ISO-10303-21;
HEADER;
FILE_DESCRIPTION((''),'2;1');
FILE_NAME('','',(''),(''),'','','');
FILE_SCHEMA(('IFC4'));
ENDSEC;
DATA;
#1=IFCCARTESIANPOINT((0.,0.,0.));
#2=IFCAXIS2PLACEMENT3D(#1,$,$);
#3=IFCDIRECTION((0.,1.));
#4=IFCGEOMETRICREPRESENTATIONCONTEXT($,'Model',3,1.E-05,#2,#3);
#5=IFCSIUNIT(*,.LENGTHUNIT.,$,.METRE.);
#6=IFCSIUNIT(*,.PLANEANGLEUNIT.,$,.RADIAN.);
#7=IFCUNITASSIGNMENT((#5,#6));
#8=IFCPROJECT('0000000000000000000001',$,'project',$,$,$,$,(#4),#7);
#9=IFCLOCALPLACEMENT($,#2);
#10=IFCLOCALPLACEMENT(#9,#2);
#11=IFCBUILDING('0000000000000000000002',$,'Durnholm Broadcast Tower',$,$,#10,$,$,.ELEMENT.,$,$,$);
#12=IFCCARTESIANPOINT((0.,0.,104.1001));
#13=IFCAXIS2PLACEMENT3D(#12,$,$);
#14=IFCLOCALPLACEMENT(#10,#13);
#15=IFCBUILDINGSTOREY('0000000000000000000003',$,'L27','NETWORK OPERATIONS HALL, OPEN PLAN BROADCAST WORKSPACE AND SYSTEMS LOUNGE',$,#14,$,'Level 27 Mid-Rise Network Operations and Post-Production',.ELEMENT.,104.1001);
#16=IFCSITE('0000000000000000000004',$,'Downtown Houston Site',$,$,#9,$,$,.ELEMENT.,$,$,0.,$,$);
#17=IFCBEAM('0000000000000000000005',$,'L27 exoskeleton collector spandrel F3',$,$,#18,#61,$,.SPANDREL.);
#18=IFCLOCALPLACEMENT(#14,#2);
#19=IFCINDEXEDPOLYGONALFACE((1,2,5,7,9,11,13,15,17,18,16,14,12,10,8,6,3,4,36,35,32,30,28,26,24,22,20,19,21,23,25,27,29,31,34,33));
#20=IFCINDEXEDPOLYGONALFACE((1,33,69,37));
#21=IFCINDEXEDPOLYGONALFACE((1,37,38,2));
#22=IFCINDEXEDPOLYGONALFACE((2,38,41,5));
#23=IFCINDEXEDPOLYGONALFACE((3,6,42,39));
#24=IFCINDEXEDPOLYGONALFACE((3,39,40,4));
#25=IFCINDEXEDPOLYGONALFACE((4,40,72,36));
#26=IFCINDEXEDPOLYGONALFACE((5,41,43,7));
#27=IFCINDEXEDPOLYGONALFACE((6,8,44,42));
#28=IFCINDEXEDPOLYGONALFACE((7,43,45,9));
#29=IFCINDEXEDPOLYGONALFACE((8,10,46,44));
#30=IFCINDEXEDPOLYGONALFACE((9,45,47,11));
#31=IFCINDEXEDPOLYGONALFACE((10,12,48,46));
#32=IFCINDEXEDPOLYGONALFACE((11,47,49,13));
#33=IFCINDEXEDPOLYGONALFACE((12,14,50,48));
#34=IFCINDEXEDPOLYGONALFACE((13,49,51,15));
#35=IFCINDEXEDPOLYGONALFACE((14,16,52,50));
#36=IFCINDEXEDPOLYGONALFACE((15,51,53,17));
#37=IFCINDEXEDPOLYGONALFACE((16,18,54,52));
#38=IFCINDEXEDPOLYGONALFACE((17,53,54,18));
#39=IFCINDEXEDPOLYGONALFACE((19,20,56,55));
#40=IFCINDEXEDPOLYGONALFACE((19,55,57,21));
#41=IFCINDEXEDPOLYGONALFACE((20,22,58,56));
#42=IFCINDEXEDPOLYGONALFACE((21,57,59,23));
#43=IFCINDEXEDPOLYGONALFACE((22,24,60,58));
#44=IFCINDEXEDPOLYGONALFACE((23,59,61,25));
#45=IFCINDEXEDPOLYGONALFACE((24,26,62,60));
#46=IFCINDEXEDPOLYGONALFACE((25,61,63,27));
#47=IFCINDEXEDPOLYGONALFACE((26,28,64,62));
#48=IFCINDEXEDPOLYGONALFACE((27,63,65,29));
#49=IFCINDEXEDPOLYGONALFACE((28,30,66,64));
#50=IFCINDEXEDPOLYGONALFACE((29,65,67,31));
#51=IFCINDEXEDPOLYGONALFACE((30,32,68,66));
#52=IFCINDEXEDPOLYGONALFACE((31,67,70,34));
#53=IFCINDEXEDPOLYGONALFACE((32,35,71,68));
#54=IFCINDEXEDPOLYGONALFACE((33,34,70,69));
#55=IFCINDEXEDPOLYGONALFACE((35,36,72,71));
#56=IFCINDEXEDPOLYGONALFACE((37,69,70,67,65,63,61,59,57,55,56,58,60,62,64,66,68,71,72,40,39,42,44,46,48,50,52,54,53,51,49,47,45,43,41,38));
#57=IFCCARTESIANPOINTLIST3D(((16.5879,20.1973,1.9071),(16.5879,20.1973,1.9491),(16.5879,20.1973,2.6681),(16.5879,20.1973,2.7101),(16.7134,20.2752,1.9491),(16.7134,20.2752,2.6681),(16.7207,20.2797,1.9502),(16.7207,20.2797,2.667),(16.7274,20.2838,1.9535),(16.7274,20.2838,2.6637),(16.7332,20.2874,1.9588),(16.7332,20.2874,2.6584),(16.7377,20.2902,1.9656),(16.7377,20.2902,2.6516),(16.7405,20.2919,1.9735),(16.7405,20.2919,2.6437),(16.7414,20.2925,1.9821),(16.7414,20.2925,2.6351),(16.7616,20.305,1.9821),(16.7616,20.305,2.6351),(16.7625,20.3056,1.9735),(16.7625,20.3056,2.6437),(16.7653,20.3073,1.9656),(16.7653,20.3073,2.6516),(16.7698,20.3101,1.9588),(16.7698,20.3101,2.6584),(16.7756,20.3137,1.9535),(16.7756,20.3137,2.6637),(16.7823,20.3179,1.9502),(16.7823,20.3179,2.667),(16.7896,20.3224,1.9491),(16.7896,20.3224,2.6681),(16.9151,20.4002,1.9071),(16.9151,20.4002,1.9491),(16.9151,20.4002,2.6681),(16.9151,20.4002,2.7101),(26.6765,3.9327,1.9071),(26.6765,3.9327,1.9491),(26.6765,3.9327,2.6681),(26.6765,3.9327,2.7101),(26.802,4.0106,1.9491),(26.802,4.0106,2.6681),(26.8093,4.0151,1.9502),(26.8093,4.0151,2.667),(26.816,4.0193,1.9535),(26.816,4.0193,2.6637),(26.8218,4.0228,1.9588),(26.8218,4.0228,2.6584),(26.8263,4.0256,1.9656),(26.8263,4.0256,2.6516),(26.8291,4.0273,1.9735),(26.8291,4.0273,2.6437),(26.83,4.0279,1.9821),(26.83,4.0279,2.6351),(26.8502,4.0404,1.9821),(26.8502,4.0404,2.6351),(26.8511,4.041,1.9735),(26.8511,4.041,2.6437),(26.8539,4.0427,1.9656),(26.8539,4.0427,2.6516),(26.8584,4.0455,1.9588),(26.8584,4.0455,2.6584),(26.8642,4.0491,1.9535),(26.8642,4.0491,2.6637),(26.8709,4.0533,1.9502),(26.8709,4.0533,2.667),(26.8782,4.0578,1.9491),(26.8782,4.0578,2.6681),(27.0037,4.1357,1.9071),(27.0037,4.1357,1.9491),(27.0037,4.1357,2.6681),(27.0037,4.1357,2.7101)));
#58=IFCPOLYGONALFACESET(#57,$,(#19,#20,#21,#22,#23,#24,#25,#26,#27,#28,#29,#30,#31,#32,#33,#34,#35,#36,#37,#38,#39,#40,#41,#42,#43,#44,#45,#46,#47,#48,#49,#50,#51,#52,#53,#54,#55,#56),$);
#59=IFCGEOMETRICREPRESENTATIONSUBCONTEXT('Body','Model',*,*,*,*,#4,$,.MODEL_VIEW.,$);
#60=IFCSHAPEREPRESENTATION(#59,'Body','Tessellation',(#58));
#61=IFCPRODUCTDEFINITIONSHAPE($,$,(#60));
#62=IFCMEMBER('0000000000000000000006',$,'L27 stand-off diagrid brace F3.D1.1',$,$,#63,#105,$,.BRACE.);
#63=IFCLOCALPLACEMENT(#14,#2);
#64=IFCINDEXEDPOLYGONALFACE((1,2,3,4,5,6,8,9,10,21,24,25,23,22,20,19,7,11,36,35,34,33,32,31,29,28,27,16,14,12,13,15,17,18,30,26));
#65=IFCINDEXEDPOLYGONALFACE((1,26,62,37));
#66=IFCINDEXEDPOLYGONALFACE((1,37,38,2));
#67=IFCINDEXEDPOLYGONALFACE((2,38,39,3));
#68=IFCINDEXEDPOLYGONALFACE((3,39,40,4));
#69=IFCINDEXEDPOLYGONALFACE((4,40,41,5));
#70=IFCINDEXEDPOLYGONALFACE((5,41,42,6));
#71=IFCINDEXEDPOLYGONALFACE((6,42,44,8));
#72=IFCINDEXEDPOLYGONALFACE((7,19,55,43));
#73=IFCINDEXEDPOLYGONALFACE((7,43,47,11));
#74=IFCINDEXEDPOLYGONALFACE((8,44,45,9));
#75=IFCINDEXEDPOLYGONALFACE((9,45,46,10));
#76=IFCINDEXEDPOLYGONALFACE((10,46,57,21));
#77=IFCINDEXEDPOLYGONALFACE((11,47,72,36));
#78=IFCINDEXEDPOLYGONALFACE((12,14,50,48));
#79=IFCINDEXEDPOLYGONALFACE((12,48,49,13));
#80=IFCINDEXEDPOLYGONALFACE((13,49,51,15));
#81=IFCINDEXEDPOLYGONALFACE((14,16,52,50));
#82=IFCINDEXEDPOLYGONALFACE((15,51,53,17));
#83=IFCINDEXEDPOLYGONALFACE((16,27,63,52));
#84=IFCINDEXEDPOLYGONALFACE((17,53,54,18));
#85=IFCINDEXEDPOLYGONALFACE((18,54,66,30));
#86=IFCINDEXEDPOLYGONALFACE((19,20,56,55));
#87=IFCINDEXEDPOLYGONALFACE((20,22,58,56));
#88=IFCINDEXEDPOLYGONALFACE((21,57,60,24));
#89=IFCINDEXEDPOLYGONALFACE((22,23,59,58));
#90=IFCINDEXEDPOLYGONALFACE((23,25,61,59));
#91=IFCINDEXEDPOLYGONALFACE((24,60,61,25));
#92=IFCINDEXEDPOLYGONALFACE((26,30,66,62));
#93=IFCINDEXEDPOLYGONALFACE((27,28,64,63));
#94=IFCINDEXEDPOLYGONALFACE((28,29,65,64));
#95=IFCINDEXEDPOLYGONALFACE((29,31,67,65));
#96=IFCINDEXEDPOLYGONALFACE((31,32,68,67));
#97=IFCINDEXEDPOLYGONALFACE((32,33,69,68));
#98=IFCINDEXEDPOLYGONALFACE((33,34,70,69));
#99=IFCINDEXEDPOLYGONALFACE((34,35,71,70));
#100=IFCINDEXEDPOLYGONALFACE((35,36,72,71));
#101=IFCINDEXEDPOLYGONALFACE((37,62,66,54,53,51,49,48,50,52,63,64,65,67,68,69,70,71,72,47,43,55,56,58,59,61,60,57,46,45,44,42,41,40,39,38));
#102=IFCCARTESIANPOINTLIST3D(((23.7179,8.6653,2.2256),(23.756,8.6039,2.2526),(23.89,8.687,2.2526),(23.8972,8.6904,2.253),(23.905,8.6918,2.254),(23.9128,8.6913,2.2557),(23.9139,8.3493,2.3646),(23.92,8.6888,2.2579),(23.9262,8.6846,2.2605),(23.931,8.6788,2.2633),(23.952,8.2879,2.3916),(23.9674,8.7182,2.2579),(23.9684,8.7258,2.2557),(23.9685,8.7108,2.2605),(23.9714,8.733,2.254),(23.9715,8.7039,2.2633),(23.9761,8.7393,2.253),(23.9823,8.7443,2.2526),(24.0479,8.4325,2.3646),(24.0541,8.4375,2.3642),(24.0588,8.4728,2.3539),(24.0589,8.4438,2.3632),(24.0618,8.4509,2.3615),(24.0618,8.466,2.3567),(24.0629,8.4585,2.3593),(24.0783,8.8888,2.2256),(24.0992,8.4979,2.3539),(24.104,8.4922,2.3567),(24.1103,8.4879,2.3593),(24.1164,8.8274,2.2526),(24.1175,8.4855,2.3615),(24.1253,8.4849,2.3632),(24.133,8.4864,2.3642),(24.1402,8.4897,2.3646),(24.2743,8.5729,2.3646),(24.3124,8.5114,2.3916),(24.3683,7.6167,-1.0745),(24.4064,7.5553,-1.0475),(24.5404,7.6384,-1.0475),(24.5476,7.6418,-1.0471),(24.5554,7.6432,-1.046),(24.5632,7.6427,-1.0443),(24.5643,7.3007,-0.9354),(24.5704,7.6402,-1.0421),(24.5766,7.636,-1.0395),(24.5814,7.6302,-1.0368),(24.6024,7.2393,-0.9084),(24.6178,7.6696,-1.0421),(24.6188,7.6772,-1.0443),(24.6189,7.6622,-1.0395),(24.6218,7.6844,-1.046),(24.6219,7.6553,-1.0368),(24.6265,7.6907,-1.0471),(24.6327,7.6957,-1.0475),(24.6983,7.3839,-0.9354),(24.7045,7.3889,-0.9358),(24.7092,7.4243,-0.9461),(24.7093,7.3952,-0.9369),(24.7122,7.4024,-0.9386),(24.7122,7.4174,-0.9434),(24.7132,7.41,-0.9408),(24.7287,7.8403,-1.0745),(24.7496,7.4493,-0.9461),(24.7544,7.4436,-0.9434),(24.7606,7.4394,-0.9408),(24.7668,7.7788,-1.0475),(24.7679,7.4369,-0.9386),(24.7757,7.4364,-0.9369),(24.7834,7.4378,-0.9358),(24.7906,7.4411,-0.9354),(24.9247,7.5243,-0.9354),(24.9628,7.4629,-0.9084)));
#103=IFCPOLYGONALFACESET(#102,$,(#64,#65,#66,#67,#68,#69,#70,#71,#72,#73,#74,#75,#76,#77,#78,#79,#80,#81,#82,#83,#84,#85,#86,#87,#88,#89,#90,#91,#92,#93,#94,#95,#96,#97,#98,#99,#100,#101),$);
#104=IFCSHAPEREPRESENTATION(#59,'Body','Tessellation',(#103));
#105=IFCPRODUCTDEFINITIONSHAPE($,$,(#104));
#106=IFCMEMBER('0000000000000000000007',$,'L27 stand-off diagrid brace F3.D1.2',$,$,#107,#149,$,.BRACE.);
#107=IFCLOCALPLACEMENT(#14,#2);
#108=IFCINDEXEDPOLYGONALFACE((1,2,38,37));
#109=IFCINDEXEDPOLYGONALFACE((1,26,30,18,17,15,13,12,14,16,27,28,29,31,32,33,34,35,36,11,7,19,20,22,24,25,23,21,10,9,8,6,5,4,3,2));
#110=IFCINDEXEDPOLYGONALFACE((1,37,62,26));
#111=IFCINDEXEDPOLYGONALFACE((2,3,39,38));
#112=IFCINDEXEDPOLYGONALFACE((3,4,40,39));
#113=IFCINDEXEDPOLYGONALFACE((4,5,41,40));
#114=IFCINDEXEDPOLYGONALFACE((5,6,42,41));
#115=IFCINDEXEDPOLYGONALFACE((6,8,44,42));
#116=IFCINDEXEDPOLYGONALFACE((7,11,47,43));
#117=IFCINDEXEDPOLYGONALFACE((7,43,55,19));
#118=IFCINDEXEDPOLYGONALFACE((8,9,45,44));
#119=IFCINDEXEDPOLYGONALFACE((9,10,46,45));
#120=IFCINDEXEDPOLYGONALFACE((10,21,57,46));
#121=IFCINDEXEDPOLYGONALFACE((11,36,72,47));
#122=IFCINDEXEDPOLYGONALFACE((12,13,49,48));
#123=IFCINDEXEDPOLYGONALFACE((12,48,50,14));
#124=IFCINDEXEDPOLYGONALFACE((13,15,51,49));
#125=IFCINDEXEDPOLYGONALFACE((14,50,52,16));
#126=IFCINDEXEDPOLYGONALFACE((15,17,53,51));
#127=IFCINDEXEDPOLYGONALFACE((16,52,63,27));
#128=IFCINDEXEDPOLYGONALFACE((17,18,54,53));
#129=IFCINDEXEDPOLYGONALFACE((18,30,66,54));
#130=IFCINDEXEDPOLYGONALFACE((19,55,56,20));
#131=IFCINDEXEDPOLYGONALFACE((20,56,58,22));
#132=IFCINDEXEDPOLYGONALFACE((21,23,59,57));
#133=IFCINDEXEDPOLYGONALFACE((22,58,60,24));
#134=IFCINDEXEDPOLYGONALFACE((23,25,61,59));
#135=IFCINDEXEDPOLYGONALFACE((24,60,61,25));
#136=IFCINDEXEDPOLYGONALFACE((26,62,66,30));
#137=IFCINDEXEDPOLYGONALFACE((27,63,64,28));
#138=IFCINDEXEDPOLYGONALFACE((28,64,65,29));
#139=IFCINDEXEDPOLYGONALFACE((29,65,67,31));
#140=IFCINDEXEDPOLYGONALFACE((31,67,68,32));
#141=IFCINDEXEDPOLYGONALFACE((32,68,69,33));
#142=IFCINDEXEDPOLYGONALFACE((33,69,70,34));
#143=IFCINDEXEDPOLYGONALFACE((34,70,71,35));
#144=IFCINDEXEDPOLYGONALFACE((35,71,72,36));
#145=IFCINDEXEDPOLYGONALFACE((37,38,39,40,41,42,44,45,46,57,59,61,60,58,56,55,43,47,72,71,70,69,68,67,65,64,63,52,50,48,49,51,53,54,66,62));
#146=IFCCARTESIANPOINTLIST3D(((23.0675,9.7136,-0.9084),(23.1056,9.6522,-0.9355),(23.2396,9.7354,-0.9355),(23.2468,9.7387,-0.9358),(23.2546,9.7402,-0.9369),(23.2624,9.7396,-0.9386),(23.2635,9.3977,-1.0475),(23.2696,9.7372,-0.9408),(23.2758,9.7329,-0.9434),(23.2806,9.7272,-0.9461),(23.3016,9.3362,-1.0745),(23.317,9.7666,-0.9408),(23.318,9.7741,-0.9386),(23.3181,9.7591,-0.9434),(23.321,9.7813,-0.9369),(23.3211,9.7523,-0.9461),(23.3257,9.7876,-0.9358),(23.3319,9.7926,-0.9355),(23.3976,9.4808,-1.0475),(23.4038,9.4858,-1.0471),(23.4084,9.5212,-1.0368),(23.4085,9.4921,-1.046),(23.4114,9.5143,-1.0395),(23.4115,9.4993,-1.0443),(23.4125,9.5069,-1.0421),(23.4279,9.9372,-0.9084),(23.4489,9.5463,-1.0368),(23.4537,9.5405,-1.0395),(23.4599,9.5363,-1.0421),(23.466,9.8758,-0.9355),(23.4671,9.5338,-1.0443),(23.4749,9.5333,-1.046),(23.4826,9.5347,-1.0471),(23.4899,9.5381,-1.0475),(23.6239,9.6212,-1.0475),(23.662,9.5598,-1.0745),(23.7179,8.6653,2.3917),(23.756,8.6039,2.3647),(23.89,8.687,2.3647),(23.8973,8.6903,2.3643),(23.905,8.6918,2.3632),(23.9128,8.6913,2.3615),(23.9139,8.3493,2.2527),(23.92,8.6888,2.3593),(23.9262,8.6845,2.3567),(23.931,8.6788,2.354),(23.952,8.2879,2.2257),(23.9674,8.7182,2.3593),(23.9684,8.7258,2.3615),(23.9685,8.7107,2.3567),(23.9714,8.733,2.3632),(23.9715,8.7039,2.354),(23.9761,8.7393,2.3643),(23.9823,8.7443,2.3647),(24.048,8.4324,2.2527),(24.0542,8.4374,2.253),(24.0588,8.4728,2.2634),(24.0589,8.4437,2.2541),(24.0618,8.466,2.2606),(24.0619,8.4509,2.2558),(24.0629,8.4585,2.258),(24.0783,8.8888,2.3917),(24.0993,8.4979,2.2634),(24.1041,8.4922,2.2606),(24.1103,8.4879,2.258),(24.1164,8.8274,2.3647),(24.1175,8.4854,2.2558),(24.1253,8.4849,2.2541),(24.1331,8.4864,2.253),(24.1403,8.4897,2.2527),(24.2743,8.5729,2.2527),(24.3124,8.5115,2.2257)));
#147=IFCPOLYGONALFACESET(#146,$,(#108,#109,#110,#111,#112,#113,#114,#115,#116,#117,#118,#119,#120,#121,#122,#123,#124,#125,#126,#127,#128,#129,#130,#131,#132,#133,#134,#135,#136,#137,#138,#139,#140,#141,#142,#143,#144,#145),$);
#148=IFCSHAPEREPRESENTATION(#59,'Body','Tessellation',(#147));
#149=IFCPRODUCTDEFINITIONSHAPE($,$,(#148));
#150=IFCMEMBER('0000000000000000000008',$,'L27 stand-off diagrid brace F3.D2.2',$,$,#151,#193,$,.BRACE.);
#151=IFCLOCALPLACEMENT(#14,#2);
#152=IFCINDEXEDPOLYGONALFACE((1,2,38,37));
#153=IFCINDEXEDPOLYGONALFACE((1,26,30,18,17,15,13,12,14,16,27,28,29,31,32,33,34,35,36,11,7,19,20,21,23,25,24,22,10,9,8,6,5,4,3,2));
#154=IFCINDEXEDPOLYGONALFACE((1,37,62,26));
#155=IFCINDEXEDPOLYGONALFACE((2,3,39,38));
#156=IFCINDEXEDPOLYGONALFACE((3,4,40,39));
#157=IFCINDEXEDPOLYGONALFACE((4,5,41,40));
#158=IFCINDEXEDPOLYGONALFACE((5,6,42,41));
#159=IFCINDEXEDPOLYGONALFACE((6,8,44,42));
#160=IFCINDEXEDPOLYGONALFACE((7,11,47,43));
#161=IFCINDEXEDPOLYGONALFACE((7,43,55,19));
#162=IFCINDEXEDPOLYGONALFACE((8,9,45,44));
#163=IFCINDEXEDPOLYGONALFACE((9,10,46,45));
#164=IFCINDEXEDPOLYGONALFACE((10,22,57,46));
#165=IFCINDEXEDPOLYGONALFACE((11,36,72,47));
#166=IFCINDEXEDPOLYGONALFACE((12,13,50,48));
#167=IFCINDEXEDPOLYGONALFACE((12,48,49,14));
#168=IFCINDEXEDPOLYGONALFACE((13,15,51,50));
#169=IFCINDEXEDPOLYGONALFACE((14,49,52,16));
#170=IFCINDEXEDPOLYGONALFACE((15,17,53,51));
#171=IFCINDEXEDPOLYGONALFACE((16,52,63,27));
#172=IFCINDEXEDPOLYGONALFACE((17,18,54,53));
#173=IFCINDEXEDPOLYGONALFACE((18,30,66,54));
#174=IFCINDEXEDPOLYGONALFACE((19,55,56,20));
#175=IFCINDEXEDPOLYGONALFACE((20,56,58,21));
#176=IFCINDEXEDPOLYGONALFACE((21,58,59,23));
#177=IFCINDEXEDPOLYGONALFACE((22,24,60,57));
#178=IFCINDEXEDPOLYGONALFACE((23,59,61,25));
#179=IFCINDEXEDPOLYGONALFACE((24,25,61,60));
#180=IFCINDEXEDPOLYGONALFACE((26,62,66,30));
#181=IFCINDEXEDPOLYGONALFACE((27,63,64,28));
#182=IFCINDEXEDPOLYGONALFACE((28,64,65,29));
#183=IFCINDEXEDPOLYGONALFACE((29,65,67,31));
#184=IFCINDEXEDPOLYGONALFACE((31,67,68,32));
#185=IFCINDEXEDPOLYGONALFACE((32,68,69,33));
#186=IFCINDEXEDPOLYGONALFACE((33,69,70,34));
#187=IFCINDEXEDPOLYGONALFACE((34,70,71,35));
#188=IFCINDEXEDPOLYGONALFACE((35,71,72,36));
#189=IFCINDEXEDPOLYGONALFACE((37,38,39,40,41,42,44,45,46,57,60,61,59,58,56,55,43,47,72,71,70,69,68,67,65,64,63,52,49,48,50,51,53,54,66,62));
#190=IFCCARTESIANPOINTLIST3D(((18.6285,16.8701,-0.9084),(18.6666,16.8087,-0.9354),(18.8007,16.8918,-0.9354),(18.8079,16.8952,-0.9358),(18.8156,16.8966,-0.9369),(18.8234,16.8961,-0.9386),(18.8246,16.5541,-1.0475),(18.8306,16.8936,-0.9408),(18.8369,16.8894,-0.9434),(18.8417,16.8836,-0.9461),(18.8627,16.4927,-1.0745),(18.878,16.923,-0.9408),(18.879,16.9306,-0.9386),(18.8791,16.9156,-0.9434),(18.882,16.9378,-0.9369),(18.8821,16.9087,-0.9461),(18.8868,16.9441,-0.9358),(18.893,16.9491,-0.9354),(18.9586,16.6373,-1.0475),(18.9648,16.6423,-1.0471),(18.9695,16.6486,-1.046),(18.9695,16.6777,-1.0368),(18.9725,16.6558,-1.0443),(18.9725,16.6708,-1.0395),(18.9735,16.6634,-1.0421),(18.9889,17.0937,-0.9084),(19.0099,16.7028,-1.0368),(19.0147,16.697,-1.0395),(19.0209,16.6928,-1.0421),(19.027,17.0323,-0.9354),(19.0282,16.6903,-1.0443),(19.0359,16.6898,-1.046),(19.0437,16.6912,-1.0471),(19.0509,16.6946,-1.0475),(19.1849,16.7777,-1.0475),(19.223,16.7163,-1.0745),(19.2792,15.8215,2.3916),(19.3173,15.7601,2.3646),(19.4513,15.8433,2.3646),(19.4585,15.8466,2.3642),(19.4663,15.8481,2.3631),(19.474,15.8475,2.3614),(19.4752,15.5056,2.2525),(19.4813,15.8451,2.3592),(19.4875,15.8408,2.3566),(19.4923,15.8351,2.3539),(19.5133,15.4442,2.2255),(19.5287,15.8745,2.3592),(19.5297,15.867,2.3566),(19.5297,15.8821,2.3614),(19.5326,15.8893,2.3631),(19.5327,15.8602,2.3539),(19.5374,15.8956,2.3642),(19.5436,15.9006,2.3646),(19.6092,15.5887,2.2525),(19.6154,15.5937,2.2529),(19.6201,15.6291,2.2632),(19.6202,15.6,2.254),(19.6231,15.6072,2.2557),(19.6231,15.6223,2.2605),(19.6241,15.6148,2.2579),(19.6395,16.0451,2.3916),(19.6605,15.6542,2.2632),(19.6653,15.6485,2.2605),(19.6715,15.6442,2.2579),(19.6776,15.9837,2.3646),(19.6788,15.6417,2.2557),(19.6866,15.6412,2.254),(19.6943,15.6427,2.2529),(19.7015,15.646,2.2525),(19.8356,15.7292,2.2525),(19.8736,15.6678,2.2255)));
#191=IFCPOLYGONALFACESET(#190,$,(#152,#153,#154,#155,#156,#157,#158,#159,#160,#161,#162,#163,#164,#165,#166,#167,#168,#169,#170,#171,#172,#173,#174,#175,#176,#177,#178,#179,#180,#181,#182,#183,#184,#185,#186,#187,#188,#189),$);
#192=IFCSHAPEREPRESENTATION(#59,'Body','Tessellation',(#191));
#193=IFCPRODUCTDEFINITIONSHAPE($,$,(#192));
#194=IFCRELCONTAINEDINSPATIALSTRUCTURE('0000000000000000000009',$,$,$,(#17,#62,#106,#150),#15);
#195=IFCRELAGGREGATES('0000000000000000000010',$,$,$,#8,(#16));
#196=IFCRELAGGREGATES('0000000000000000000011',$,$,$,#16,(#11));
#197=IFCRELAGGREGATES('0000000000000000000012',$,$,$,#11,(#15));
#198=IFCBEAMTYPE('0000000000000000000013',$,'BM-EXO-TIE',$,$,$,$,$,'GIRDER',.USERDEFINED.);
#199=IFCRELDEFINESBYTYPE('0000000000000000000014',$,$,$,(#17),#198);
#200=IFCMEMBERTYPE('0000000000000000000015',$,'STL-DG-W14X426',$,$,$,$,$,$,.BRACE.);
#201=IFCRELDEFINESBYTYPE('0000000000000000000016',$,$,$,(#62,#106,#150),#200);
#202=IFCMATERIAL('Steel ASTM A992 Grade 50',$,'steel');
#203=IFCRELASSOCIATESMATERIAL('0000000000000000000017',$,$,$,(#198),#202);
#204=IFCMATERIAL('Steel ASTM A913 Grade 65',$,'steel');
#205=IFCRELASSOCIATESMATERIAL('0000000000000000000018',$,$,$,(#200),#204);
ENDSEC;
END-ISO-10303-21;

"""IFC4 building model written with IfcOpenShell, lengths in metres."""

from ifc_helpers import new_model, si_unit, direction, frame, origin, origin_2d, place, context, subcontext, project, spatial, i_section, extrude, source, transform, mapped, material, material_profile, profile_set, type_object, element, save


model = new_model("IFC4")

# Units and contexts
model_context = context("Model", 3, precision=1e-05, world=origin(), true_north=direction((0.0, 1.0)))
body_context = subcontext(model_context, "Body", "Model", "MODEL_VIEW")
ifc_project = project(units=[si_unit("LENGTHUNIT", "METRE"), si_unit("PLANEANGLEUNIT", "RADIAN")], contexts=[model_context])

# Site, building, storey
site_placement = place(None, origin())
site = spatial("IfcSite", under=ifc_project, at=site_placement, Name="Downtown Houston Site", CompositionType="ELEMENT", RefElevation=0.0)
building_placement = place(site_placement, origin())
building = spatial("IfcBuilding", under=site, at=building_placement, Name="Durnholm Broadcast Tower", CompositionType="ELEMENT")
storey_placement = place(building_placement, frame((0.0, 0.0, 104.1001)))
storey = spatial("IfcBuildingStorey", under=building, at=storey_placement, Name="L27", Description="NETWORK OPERATIONS HALL, OPEN PLAN BROADCAST WORKSPACE AND SYSTEMS LOUNGE", LongName="Level 27 Mid-Rise Network Operations and Post-Production", CompositionType="ELEMENT", Elevation=104.1001)

# Beam
ifc_material_1 = material(Name="Steel ASTM A992 Grade 50", Category="steel")
ifc_material_profile_1 = material_profile(ifc_material_1, i_section(OverallWidth=0.385, OverallDepth=0.803, WebThickness=0.0237, FlangeThickness=0.042, FilletRadius=0.033, at=origin_2d()), Name="W30X261")
ifc_profile_set_1 = profile_set([ifc_material_profile_1], Name="Steel ASTM A992 Grade 50")
beam_type_1 = type_object("IfcBeamType", Name="BM-EXO-TIE", ElementType="GIRDER", PredefinedType="USERDEFINED", material=ifc_profile_set_1)
shared_shape_1 = source(origin(), body_context, "Body", "SweptSolid", [
    extrude(i_section(OverallWidth=0.385, OverallDepth=0.803, WebThickness=0.0237, FlangeThickness=0.042, FilletRadius=0.033, at=origin_2d()), origin(), (0.0, 0.0, 1.0), 19.1394),
])
beam_1_placement = place(storey_placement, frame((26.8401, 4.0342, 2.3086), z_axis=(-0.527111, 0.849796, 0.0), x_axis=(-0.849796, -0.527111, 0.0)))
element("IfcBeam", 1, at=beam_1_placement, inside=storey, type_object=beam_type_1, Name="L27 exoskeleton collector spandrel F3", PredefinedType="SPANDREL", context=body_context, shape_type="MappedRepresentation", body=[
    mapped(shared_shape_1, transform((0.0, 0.0, 0.0), x_axis=(1.0, 0.0, 0.0), y_axis=(0.0, 1.0, 0.0), z_axis=(0.0, 0.0, 1.0), scale=1.0)),
])

# Members
ifc_material_2 = material(Name="Steel ASTM A913 Grade 65", Category="steel")
ifc_material_profile_2 = material_profile(ifc_material_2, i_section(OverallWidth=0.4241, OverallDepth=0.4741, WebThickness=0.0476, FlangeThickness=0.0771, FilletRadius=0.0305, at=origin_2d()), Name="W14X426")
ifc_profile_set_2 = profile_set([ifc_material_profile_2], Name="Steel ASTM A913 Grade 65")
member_type_1 = type_object("IfcMemberType", Name="STL-DG-W14X426", PredefinedType="BRACE", material=ifc_profile_set_2)
shared_shape_2 = source(origin(), body_context, "Body", "SweptSolid", [
    extrude(i_section(OverallWidth=0.4241, OverallDepth=0.4741, WebThickness=0.0476, FlangeThickness=0.0771, FilletRadius=0.0305, at=origin_2d()), origin(), (0.0, 0.0, 1.0), 3.5232),
])
for number, where, z_axis, x_axis, name in (
    (2, (24.6655, 7.5398, -0.9915), (-0.184603, 0.297624, 0.936665), (-0.849805, -0.527097, 0.0), "L27 stand-off diagrid brace F3.D1.1"),
    (3, (23.3647, 9.6367, -0.9915), (0.184607, -0.29756, 0.936685), (0.84975, 0.527186, 0.0), "L27 stand-off diagrid brace F3.D1.2"),
    (4, (18.9258, 16.7932, -0.9915), (0.18467, -0.29762, 0.936653), (0.849717, 0.52724, 0.0), "L27 stand-off diagrid brace F3.D2.2"),
):
    element("IfcMember", number, at=place(storey_placement, frame(where, z_axis=z_axis, x_axis=x_axis)), inside=storey, type_object=member_type_1, Name=name, PredefinedType="BRACE", context=body_context, shape_type="MappedRepresentation", body=[
        mapped(shared_shape_2, transform((0.0, 0.0, 0.0), x_axis=(1.0, 0.0, 0.0), y_axis=(0.0, 1.0, 0.0), z_axis=(0.0, 0.0, 1.0), scale=1.0)),
    ])

save(model, "model.ifc")
